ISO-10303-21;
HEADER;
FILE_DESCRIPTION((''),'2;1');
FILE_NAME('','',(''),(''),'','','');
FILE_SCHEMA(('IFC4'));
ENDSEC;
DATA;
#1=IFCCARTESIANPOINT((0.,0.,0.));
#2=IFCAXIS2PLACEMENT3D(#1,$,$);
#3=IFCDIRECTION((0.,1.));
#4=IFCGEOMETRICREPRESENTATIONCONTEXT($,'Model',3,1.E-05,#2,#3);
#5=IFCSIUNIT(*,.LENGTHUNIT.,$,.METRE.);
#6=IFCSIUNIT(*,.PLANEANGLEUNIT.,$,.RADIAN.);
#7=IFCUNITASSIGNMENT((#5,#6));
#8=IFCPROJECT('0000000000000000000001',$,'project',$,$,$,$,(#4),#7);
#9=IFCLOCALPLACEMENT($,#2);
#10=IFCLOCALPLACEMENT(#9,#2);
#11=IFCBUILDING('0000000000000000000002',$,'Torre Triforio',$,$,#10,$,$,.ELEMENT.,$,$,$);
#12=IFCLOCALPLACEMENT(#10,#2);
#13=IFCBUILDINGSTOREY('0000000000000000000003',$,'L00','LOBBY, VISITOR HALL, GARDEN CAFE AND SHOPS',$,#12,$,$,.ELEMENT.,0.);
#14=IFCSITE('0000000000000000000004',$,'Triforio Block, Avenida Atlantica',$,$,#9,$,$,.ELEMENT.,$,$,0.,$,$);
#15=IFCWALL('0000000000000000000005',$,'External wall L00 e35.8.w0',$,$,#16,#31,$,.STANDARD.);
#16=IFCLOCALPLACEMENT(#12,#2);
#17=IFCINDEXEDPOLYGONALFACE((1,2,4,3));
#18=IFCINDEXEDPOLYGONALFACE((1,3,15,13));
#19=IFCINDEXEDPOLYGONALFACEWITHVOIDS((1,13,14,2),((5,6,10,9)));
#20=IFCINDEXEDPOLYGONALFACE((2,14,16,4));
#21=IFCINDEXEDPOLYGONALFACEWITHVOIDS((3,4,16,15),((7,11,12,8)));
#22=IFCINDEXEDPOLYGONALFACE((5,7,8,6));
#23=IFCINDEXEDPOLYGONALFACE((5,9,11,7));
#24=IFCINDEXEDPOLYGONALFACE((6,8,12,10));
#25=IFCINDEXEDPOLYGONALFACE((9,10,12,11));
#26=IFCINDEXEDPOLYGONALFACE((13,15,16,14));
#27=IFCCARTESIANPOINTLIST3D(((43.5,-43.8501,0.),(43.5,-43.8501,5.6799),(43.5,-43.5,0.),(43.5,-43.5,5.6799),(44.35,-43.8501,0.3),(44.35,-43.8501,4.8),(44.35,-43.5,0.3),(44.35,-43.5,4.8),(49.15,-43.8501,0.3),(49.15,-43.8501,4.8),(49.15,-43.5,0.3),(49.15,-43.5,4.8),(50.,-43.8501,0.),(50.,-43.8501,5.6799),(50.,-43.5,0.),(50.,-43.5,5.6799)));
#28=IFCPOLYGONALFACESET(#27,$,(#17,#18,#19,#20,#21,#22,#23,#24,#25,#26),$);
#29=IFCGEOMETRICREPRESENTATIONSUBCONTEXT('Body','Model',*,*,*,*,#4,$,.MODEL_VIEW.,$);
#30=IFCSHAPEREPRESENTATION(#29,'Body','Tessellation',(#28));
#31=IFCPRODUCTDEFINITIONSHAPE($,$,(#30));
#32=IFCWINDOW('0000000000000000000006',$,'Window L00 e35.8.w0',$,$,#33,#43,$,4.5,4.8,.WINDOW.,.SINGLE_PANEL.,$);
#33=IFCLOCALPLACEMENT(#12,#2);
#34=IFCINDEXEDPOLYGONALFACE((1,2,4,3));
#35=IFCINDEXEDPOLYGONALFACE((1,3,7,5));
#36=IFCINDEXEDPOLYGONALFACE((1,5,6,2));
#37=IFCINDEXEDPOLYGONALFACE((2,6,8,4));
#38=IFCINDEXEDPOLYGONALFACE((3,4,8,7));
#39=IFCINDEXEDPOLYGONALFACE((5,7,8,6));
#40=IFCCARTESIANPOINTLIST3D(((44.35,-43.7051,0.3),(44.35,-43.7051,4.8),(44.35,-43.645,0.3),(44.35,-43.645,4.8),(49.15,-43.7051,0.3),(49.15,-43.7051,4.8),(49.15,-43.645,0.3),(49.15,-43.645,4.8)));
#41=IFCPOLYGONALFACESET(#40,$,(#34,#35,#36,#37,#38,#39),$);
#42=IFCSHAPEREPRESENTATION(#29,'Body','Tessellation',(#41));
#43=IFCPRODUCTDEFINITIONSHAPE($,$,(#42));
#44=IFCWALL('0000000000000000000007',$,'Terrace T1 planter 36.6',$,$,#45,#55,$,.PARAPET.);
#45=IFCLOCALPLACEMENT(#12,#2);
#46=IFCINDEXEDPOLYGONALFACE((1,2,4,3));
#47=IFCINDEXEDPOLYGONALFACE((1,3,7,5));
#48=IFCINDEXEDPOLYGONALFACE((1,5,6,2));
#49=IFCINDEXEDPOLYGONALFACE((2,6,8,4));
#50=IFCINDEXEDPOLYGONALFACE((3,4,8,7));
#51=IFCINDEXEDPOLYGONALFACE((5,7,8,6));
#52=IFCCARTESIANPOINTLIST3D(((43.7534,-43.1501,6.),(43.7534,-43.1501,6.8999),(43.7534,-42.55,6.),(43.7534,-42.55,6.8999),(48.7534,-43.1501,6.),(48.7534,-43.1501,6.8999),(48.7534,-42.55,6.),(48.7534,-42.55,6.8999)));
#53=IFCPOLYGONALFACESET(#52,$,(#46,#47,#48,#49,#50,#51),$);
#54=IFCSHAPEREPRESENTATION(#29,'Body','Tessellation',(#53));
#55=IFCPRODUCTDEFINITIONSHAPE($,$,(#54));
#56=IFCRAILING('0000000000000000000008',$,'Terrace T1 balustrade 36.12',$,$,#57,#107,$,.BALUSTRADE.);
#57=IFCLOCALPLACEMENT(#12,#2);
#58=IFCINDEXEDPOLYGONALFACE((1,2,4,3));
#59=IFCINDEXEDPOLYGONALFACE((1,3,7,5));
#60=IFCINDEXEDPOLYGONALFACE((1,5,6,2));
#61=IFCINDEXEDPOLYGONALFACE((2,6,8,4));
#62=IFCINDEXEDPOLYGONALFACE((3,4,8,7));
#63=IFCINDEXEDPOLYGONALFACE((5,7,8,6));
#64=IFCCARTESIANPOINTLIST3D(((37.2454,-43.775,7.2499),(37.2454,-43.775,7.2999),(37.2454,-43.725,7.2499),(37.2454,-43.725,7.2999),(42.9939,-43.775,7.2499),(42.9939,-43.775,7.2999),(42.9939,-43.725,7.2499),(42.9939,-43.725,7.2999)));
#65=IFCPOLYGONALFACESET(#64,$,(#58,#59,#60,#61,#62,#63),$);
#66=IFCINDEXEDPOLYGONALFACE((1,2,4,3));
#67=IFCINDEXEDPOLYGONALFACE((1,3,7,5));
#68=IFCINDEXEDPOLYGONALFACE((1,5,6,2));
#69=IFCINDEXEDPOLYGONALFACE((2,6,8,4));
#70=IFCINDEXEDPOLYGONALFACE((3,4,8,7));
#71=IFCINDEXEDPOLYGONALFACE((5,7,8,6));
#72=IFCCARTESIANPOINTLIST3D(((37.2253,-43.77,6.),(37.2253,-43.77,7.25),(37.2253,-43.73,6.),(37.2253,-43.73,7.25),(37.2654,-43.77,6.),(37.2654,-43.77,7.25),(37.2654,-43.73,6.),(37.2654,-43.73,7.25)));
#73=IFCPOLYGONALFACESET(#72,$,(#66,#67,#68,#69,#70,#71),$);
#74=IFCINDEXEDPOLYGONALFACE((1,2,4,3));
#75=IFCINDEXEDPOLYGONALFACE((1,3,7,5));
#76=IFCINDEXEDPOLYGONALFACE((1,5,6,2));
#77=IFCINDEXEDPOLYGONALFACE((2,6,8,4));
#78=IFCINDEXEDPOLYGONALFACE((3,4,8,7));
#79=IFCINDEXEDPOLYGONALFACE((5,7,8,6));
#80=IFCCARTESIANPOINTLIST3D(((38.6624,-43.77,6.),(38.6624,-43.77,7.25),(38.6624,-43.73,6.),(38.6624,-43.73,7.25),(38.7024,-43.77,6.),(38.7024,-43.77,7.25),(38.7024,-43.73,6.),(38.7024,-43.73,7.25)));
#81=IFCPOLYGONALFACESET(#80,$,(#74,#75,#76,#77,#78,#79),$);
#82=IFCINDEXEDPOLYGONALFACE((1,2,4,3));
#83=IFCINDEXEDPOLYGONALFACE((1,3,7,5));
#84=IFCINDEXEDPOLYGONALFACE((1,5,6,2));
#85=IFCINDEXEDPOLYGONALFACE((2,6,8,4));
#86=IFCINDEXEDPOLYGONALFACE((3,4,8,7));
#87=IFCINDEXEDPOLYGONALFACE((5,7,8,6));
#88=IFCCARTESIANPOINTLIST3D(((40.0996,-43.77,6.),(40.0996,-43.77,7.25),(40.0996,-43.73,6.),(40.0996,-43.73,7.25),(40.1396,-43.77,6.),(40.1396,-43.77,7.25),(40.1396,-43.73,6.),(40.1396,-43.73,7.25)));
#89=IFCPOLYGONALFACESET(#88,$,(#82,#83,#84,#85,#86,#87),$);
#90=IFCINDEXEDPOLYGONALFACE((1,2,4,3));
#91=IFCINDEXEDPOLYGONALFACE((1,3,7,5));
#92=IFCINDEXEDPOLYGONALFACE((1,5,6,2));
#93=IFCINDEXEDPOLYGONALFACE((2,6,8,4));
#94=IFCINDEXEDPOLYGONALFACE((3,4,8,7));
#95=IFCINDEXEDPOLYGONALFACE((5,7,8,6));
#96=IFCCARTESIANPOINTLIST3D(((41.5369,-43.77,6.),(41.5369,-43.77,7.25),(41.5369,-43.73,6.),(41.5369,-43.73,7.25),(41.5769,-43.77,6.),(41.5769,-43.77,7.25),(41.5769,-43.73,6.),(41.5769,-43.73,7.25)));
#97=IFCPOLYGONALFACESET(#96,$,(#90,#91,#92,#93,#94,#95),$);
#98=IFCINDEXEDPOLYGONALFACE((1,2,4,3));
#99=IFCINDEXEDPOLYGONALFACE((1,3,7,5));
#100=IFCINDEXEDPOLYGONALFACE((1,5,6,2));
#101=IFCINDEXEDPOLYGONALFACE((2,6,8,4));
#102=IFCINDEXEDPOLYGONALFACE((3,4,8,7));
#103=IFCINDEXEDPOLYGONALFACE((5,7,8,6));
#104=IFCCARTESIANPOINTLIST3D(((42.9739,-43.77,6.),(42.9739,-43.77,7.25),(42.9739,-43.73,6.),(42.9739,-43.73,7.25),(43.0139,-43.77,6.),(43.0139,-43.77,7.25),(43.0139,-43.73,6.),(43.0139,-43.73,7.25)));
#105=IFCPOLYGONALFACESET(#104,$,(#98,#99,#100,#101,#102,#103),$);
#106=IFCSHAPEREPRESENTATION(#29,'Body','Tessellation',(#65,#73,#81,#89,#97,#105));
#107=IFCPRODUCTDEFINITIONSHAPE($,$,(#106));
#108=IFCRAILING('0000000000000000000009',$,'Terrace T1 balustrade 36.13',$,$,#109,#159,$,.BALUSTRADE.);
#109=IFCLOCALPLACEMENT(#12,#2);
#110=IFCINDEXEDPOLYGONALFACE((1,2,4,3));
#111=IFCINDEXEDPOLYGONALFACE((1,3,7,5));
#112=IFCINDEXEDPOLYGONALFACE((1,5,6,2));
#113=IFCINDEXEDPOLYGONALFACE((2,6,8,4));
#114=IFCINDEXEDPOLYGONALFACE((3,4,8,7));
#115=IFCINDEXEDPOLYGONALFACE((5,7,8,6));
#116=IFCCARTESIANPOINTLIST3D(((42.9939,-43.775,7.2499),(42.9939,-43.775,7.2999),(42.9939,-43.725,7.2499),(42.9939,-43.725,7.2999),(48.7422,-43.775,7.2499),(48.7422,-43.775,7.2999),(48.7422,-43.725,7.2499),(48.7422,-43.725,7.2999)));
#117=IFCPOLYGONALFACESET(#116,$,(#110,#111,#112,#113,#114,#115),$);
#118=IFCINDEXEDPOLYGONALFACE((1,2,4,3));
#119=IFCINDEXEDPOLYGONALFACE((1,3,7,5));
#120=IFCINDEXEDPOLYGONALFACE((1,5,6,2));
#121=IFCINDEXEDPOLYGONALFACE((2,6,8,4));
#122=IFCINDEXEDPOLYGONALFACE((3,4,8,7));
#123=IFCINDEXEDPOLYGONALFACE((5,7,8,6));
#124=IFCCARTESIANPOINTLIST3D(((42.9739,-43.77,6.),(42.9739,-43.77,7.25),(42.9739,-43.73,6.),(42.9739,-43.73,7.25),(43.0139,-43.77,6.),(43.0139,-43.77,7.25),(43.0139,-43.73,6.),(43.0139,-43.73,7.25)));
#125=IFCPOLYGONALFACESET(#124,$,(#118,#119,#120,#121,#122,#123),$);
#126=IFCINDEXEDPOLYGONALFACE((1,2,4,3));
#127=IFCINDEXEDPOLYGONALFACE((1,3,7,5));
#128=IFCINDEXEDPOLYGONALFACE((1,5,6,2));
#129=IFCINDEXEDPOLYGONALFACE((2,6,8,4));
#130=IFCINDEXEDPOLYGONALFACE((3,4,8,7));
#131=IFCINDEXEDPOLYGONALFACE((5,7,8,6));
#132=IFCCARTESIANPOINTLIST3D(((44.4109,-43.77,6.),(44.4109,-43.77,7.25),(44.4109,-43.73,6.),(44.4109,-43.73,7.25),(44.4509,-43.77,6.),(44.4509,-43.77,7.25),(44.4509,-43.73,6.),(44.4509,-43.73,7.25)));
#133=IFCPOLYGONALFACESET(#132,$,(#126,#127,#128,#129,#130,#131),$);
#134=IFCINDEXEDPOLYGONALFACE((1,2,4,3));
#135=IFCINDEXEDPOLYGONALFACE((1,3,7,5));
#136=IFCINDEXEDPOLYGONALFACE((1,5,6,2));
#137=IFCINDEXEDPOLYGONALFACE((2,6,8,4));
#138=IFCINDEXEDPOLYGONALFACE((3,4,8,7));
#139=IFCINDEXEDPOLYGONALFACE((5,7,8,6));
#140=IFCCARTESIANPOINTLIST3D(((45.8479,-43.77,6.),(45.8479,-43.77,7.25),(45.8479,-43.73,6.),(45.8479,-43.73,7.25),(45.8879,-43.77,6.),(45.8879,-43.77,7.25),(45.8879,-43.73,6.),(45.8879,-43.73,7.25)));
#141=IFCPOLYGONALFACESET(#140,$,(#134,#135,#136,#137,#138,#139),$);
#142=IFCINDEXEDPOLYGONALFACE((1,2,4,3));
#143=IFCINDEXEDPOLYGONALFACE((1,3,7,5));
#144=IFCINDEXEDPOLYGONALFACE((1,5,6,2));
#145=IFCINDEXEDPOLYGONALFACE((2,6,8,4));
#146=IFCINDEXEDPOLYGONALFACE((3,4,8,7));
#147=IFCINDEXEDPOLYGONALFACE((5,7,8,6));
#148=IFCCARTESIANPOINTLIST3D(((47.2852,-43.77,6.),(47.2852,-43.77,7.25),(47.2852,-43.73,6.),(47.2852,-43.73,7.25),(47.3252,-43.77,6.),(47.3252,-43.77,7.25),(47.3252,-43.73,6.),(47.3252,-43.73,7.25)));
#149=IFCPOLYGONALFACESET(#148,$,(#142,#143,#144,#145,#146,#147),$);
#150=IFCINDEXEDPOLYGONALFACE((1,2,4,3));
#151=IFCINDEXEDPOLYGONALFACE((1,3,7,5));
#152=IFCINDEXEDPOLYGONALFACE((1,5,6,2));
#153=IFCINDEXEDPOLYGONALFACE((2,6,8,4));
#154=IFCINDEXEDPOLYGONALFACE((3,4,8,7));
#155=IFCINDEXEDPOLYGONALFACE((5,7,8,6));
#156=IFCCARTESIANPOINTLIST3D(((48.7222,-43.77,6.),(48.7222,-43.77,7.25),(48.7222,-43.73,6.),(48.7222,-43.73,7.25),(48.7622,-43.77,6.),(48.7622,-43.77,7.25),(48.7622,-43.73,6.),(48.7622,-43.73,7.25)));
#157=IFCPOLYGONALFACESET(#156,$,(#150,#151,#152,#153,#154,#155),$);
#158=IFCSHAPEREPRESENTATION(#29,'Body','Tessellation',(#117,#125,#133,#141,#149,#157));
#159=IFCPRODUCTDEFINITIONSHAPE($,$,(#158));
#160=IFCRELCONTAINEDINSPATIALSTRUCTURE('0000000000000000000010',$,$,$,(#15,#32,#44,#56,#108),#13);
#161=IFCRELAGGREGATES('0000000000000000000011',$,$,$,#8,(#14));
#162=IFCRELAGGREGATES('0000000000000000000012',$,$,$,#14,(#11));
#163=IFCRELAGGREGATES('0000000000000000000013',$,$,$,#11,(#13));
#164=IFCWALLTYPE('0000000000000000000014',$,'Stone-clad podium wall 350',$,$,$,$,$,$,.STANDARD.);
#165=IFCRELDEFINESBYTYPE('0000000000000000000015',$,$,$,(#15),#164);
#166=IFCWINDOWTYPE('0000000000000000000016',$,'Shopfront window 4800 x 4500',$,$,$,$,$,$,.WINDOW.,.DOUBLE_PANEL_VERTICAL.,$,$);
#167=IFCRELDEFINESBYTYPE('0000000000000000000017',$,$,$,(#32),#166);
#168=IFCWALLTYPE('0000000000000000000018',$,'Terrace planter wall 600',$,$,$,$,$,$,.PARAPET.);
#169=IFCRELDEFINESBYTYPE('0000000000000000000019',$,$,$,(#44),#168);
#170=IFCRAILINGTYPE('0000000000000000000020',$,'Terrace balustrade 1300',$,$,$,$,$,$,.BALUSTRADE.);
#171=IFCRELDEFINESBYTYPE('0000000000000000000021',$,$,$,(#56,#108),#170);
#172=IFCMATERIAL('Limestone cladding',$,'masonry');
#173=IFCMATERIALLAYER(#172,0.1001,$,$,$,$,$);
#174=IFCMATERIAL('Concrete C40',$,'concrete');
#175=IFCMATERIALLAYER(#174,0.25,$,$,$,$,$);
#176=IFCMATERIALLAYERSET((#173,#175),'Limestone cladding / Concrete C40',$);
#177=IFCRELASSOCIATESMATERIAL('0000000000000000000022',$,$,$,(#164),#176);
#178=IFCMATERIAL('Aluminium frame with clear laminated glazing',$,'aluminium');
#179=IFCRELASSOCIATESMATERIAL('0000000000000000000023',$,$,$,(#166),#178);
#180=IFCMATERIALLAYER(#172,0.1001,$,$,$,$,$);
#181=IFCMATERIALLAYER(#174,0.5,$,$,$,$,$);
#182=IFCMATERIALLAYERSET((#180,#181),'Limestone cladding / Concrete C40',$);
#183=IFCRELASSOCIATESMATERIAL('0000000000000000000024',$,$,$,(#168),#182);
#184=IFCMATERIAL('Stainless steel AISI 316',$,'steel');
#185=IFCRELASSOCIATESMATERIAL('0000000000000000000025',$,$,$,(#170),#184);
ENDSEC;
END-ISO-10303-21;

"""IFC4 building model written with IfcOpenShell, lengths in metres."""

from ifc_helpers import new_model, si_unit, direction, frame, frame_2d, origin, origin_2d, place, context, subcontext, project, spatial, rectangle, extrude, material, layer, layer_set, type_object, element, fill, save


model = new_model("IFC4")

# Units and contexts
model_context = context("Model", 3, precision=1e-05, world=origin(), true_north=direction((0.0, 1.0)))
body_context = subcontext(model_context, "Body", "Model", "MODEL_VIEW")
ifc_project = project(units=[si_unit("LENGTHUNIT", "METRE"), si_unit("PLANEANGLEUNIT", "RADIAN")], contexts=[model_context])

# Site, building, storey
site_placement = place(None, origin())
site = spatial("IfcSite", under=ifc_project, at=site_placement, Name="Triforio Block, Avenida Atlantica", CompositionType="ELEMENT", RefElevation=0.0)
building_placement = place(site_placement, origin())
building = spatial("IfcBuilding", under=site, at=building_placement, Name="Torre Triforio", CompositionType="ELEMENT")
storey_placement = place(building_placement, origin())
storey = spatial("IfcBuildingStorey", under=building, at=storey_placement, Name="L00", Description="LOBBY, VISITOR HALL, GARDEN CAFE AND SHOPS", CompositionType="ELEMENT", Elevation=0.0)

# Shared definitions
ifc_material_1 = material(Name="Limestone cladding", Category="masonry")
ifc_layer_1 = layer(ifc_material_1, 0.1001)
ifc_material_2 = material(Name="Concrete C40", Category="concrete")
ifc_layer_2 = layer(ifc_material_2, 0.25)
ifc_layer_set_1 = layer_set([ifc_layer_1, ifc_layer_2], Name="Limestone cladding / Concrete C40")
wall_type_1 = type_object("IfcWallType", Name="Stone-clad podium wall 350", PredefinedType="STANDARD", material=ifc_layer_set_1)

# Wall, opening, window
wall_1_placement = place(storey_placement, frame((43.5, -43.675, 0.0), z_axis=(0.0, 0.0, 1.0), x_axis=(1.0, 0.0, 0.0)))
wall_1 = element("IfcWall", 1, at=wall_1_placement, inside=storey, type_object=wall_type_1, Name="External wall L00 e35.8.w0", PredefinedType="STANDARD", context=body_context, shape_type="SweptSolid", body=[
    extrude(rectangle(XDim=6.5, YDim=0.3501, at=frame_2d((3.25, 0.0))), origin(), (0.0, 0.0, 1.0), 5.6799),
])
opening_1_placement = place(wall_1_placement, frame((0.8501, 0.0, 0.3)))
opening_1 = element("IfcOpeningElement", 2, at=opening_1_placement, cuts=wall_1, PredefinedType="OPENING", context=body_context, shape_type="SweptSolid", body=[
    extrude(rectangle(XDim=4.8, YDim=4.5, at=frame_2d((2.3999, 2.25))), frame((0.0, 0.1851, 0.0), z_axis=(0.0, -1.0, 0.0), x_axis=(1.0, 0.0, 0.0)), (0.0, 0.0, 1.0), 0.3701),
])
ifc_material_3 = material(Name="Aluminium frame with clear laminated glazing", Category="aluminium")
window_type_1 = type_object("IfcWindowType", Name="Shopfront window 4800 x 4500", PartitioningType="DOUBLE_PANEL_VERTICAL", PredefinedType="WINDOW", material=ifc_material_3)
window_1_placement = place(opening_1_placement, origin())
window_1 = element("IfcWindow", 3, at=window_1_placement, inside=storey, type_object=window_type_1, Name="Window L00 e35.8.w0", OverallHeight=4.5, OverallWidth=4.8, PartitioningType="SINGLE_PANEL", PredefinedType="WINDOW", context=body_context, shape_type="SweptSolid", body=[
    extrude(rectangle(XDim=4.8, YDim=4.5, at=frame_2d((2.3999, 2.25))), frame((0.0, 0.03, 0.0), z_axis=(0.0, -1.0, 0.0), x_axis=(1.0, 0.0, 0.0)), (0.0, 0.0, 1.0), 0.0601),
])
fill(opening_1, window_1)

# Wall
ifc_layer_3 = layer(ifc_material_1, 0.1001)
ifc_layer_4 = layer(ifc_material_2, 0.5)
ifc_layer_set_2 = layer_set([ifc_layer_3, ifc_layer_4], Name="Limestone cladding / Concrete C40")
wall_type_2 = type_object("IfcWallType", Name="Terrace planter wall 600", PredefinedType="PARAPET", material=ifc_layer_set_2)
wall_2_placement = place(storey_placement, frame((43.7534, -42.8501, 6.0), z_axis=(0.0, 0.0, 1.0), x_axis=(1.0, 0.0, 0.0)))
element("IfcWall", 4, at=wall_2_placement, inside=storey, type_object=wall_type_2, Name="Terrace T1 planter 36.6", PredefinedType="PARAPET", context=body_context, shape_type="SweptSolid", body=[
    extrude(rectangle(XDim=5.0, YDim=0.6001, at=frame_2d((2.5, 0.0))), origin(), (0.0, 0.0, 1.0), 0.8999),
])

# Railings
ifc_material_4 = material(Name="Stainless steel AISI 316", Category="steel")
railing_type = type_object("IfcRailingType", Name="Terrace balustrade 1300", PredefinedType="BALUSTRADE", material=ifc_material_4)
railing_1_placement = place(storey_placement, frame((37.2454, -43.75, 6.0)))
element("IfcRailing", 5, at=railing_1_placement, inside=storey, type_object=railing_type, Name="Terrace T1 balustrade 36.12", PredefinedType="BALUSTRADE", context=body_context, shape_type="SweptSolid", body=[
    extrude(rectangle(XDim=0.05, YDim=0.05, at=origin_2d()), frame((0.0, 0.0, 1.2749), z_axis=(1.0, 0.0, 0.0), x_axis=(0.0, 1.0, 0.0)), (0.0, 0.0, 1.0), 5.7485),
    extrude(rectangle(XDim=0.04, YDim=0.04, at=origin_2d()), origin(), (0.0, 0.0, 1.0), 1.25),
    extrude(rectangle(XDim=0.04, YDim=0.04, at=origin_2d()), frame((1.437, 0.0, 0.0)), (0.0, 0.0, 1.0), 1.25),
    extrude(rectangle(XDim=0.04, YDim=0.04, at=origin_2d()), frame((2.8743, 0.0, 0.0)), (0.0, 0.0, 1.0), 1.25),
    extrude(rectangle(XDim=0.04, YDim=0.04, at=origin_2d()), frame((4.3115, 0.0, 0.0)), (0.0, 0.0, 1.0), 1.25),
    extrude(rectangle(XDim=0.04, YDim=0.04, at=origin_2d()), frame((5.7485, 0.0, 0.0)), (0.0, 0.0, 1.0), 1.25),
])
railing_2_placement = place(storey_placement, frame((42.9939, -43.75, 6.0)))
element("IfcRailing", 6, at=railing_2_placement, inside=storey, type_object=railing_type, Name="Terrace T1 balustrade 36.13", PredefinedType="BALUSTRADE", context=body_context, shape_type="SweptSolid", body=[
    extrude(rectangle(XDim=0.05, YDim=0.05, at=origin_2d()), frame((0.0, 0.0, 1.2749), z_axis=(1.0, 0.0, 0.0), x_axis=(0.0, 1.0, 0.0)), (0.0, 0.0, 1.0), 5.7483),
    extrude(rectangle(XDim=0.04, YDim=0.04, at=origin_2d()), origin(), (0.0, 0.0, 1.0), 1.25),
    extrude(rectangle(XDim=0.04, YDim=0.04, at=origin_2d()), frame((1.437, 0.0, 0.0)), (0.0, 0.0, 1.0), 1.25),
    extrude(rectangle(XDim=0.04, YDim=0.04, at=origin_2d()), frame((2.874, 0.0, 0.0)), (0.0, 0.0, 1.0), 1.25),
    extrude(rectangle(XDim=0.04, YDim=0.04, at=origin_2d()), frame((4.3113, 0.0, 0.0)), (0.0, 0.0, 1.0), 1.25),
    extrude(rectangle(XDim=0.04, YDim=0.04, at=origin_2d()), frame((5.7483, 0.0, 0.0)), (0.0, 0.0, 1.0), 1.25),
])

save(model, "model.ifc")
